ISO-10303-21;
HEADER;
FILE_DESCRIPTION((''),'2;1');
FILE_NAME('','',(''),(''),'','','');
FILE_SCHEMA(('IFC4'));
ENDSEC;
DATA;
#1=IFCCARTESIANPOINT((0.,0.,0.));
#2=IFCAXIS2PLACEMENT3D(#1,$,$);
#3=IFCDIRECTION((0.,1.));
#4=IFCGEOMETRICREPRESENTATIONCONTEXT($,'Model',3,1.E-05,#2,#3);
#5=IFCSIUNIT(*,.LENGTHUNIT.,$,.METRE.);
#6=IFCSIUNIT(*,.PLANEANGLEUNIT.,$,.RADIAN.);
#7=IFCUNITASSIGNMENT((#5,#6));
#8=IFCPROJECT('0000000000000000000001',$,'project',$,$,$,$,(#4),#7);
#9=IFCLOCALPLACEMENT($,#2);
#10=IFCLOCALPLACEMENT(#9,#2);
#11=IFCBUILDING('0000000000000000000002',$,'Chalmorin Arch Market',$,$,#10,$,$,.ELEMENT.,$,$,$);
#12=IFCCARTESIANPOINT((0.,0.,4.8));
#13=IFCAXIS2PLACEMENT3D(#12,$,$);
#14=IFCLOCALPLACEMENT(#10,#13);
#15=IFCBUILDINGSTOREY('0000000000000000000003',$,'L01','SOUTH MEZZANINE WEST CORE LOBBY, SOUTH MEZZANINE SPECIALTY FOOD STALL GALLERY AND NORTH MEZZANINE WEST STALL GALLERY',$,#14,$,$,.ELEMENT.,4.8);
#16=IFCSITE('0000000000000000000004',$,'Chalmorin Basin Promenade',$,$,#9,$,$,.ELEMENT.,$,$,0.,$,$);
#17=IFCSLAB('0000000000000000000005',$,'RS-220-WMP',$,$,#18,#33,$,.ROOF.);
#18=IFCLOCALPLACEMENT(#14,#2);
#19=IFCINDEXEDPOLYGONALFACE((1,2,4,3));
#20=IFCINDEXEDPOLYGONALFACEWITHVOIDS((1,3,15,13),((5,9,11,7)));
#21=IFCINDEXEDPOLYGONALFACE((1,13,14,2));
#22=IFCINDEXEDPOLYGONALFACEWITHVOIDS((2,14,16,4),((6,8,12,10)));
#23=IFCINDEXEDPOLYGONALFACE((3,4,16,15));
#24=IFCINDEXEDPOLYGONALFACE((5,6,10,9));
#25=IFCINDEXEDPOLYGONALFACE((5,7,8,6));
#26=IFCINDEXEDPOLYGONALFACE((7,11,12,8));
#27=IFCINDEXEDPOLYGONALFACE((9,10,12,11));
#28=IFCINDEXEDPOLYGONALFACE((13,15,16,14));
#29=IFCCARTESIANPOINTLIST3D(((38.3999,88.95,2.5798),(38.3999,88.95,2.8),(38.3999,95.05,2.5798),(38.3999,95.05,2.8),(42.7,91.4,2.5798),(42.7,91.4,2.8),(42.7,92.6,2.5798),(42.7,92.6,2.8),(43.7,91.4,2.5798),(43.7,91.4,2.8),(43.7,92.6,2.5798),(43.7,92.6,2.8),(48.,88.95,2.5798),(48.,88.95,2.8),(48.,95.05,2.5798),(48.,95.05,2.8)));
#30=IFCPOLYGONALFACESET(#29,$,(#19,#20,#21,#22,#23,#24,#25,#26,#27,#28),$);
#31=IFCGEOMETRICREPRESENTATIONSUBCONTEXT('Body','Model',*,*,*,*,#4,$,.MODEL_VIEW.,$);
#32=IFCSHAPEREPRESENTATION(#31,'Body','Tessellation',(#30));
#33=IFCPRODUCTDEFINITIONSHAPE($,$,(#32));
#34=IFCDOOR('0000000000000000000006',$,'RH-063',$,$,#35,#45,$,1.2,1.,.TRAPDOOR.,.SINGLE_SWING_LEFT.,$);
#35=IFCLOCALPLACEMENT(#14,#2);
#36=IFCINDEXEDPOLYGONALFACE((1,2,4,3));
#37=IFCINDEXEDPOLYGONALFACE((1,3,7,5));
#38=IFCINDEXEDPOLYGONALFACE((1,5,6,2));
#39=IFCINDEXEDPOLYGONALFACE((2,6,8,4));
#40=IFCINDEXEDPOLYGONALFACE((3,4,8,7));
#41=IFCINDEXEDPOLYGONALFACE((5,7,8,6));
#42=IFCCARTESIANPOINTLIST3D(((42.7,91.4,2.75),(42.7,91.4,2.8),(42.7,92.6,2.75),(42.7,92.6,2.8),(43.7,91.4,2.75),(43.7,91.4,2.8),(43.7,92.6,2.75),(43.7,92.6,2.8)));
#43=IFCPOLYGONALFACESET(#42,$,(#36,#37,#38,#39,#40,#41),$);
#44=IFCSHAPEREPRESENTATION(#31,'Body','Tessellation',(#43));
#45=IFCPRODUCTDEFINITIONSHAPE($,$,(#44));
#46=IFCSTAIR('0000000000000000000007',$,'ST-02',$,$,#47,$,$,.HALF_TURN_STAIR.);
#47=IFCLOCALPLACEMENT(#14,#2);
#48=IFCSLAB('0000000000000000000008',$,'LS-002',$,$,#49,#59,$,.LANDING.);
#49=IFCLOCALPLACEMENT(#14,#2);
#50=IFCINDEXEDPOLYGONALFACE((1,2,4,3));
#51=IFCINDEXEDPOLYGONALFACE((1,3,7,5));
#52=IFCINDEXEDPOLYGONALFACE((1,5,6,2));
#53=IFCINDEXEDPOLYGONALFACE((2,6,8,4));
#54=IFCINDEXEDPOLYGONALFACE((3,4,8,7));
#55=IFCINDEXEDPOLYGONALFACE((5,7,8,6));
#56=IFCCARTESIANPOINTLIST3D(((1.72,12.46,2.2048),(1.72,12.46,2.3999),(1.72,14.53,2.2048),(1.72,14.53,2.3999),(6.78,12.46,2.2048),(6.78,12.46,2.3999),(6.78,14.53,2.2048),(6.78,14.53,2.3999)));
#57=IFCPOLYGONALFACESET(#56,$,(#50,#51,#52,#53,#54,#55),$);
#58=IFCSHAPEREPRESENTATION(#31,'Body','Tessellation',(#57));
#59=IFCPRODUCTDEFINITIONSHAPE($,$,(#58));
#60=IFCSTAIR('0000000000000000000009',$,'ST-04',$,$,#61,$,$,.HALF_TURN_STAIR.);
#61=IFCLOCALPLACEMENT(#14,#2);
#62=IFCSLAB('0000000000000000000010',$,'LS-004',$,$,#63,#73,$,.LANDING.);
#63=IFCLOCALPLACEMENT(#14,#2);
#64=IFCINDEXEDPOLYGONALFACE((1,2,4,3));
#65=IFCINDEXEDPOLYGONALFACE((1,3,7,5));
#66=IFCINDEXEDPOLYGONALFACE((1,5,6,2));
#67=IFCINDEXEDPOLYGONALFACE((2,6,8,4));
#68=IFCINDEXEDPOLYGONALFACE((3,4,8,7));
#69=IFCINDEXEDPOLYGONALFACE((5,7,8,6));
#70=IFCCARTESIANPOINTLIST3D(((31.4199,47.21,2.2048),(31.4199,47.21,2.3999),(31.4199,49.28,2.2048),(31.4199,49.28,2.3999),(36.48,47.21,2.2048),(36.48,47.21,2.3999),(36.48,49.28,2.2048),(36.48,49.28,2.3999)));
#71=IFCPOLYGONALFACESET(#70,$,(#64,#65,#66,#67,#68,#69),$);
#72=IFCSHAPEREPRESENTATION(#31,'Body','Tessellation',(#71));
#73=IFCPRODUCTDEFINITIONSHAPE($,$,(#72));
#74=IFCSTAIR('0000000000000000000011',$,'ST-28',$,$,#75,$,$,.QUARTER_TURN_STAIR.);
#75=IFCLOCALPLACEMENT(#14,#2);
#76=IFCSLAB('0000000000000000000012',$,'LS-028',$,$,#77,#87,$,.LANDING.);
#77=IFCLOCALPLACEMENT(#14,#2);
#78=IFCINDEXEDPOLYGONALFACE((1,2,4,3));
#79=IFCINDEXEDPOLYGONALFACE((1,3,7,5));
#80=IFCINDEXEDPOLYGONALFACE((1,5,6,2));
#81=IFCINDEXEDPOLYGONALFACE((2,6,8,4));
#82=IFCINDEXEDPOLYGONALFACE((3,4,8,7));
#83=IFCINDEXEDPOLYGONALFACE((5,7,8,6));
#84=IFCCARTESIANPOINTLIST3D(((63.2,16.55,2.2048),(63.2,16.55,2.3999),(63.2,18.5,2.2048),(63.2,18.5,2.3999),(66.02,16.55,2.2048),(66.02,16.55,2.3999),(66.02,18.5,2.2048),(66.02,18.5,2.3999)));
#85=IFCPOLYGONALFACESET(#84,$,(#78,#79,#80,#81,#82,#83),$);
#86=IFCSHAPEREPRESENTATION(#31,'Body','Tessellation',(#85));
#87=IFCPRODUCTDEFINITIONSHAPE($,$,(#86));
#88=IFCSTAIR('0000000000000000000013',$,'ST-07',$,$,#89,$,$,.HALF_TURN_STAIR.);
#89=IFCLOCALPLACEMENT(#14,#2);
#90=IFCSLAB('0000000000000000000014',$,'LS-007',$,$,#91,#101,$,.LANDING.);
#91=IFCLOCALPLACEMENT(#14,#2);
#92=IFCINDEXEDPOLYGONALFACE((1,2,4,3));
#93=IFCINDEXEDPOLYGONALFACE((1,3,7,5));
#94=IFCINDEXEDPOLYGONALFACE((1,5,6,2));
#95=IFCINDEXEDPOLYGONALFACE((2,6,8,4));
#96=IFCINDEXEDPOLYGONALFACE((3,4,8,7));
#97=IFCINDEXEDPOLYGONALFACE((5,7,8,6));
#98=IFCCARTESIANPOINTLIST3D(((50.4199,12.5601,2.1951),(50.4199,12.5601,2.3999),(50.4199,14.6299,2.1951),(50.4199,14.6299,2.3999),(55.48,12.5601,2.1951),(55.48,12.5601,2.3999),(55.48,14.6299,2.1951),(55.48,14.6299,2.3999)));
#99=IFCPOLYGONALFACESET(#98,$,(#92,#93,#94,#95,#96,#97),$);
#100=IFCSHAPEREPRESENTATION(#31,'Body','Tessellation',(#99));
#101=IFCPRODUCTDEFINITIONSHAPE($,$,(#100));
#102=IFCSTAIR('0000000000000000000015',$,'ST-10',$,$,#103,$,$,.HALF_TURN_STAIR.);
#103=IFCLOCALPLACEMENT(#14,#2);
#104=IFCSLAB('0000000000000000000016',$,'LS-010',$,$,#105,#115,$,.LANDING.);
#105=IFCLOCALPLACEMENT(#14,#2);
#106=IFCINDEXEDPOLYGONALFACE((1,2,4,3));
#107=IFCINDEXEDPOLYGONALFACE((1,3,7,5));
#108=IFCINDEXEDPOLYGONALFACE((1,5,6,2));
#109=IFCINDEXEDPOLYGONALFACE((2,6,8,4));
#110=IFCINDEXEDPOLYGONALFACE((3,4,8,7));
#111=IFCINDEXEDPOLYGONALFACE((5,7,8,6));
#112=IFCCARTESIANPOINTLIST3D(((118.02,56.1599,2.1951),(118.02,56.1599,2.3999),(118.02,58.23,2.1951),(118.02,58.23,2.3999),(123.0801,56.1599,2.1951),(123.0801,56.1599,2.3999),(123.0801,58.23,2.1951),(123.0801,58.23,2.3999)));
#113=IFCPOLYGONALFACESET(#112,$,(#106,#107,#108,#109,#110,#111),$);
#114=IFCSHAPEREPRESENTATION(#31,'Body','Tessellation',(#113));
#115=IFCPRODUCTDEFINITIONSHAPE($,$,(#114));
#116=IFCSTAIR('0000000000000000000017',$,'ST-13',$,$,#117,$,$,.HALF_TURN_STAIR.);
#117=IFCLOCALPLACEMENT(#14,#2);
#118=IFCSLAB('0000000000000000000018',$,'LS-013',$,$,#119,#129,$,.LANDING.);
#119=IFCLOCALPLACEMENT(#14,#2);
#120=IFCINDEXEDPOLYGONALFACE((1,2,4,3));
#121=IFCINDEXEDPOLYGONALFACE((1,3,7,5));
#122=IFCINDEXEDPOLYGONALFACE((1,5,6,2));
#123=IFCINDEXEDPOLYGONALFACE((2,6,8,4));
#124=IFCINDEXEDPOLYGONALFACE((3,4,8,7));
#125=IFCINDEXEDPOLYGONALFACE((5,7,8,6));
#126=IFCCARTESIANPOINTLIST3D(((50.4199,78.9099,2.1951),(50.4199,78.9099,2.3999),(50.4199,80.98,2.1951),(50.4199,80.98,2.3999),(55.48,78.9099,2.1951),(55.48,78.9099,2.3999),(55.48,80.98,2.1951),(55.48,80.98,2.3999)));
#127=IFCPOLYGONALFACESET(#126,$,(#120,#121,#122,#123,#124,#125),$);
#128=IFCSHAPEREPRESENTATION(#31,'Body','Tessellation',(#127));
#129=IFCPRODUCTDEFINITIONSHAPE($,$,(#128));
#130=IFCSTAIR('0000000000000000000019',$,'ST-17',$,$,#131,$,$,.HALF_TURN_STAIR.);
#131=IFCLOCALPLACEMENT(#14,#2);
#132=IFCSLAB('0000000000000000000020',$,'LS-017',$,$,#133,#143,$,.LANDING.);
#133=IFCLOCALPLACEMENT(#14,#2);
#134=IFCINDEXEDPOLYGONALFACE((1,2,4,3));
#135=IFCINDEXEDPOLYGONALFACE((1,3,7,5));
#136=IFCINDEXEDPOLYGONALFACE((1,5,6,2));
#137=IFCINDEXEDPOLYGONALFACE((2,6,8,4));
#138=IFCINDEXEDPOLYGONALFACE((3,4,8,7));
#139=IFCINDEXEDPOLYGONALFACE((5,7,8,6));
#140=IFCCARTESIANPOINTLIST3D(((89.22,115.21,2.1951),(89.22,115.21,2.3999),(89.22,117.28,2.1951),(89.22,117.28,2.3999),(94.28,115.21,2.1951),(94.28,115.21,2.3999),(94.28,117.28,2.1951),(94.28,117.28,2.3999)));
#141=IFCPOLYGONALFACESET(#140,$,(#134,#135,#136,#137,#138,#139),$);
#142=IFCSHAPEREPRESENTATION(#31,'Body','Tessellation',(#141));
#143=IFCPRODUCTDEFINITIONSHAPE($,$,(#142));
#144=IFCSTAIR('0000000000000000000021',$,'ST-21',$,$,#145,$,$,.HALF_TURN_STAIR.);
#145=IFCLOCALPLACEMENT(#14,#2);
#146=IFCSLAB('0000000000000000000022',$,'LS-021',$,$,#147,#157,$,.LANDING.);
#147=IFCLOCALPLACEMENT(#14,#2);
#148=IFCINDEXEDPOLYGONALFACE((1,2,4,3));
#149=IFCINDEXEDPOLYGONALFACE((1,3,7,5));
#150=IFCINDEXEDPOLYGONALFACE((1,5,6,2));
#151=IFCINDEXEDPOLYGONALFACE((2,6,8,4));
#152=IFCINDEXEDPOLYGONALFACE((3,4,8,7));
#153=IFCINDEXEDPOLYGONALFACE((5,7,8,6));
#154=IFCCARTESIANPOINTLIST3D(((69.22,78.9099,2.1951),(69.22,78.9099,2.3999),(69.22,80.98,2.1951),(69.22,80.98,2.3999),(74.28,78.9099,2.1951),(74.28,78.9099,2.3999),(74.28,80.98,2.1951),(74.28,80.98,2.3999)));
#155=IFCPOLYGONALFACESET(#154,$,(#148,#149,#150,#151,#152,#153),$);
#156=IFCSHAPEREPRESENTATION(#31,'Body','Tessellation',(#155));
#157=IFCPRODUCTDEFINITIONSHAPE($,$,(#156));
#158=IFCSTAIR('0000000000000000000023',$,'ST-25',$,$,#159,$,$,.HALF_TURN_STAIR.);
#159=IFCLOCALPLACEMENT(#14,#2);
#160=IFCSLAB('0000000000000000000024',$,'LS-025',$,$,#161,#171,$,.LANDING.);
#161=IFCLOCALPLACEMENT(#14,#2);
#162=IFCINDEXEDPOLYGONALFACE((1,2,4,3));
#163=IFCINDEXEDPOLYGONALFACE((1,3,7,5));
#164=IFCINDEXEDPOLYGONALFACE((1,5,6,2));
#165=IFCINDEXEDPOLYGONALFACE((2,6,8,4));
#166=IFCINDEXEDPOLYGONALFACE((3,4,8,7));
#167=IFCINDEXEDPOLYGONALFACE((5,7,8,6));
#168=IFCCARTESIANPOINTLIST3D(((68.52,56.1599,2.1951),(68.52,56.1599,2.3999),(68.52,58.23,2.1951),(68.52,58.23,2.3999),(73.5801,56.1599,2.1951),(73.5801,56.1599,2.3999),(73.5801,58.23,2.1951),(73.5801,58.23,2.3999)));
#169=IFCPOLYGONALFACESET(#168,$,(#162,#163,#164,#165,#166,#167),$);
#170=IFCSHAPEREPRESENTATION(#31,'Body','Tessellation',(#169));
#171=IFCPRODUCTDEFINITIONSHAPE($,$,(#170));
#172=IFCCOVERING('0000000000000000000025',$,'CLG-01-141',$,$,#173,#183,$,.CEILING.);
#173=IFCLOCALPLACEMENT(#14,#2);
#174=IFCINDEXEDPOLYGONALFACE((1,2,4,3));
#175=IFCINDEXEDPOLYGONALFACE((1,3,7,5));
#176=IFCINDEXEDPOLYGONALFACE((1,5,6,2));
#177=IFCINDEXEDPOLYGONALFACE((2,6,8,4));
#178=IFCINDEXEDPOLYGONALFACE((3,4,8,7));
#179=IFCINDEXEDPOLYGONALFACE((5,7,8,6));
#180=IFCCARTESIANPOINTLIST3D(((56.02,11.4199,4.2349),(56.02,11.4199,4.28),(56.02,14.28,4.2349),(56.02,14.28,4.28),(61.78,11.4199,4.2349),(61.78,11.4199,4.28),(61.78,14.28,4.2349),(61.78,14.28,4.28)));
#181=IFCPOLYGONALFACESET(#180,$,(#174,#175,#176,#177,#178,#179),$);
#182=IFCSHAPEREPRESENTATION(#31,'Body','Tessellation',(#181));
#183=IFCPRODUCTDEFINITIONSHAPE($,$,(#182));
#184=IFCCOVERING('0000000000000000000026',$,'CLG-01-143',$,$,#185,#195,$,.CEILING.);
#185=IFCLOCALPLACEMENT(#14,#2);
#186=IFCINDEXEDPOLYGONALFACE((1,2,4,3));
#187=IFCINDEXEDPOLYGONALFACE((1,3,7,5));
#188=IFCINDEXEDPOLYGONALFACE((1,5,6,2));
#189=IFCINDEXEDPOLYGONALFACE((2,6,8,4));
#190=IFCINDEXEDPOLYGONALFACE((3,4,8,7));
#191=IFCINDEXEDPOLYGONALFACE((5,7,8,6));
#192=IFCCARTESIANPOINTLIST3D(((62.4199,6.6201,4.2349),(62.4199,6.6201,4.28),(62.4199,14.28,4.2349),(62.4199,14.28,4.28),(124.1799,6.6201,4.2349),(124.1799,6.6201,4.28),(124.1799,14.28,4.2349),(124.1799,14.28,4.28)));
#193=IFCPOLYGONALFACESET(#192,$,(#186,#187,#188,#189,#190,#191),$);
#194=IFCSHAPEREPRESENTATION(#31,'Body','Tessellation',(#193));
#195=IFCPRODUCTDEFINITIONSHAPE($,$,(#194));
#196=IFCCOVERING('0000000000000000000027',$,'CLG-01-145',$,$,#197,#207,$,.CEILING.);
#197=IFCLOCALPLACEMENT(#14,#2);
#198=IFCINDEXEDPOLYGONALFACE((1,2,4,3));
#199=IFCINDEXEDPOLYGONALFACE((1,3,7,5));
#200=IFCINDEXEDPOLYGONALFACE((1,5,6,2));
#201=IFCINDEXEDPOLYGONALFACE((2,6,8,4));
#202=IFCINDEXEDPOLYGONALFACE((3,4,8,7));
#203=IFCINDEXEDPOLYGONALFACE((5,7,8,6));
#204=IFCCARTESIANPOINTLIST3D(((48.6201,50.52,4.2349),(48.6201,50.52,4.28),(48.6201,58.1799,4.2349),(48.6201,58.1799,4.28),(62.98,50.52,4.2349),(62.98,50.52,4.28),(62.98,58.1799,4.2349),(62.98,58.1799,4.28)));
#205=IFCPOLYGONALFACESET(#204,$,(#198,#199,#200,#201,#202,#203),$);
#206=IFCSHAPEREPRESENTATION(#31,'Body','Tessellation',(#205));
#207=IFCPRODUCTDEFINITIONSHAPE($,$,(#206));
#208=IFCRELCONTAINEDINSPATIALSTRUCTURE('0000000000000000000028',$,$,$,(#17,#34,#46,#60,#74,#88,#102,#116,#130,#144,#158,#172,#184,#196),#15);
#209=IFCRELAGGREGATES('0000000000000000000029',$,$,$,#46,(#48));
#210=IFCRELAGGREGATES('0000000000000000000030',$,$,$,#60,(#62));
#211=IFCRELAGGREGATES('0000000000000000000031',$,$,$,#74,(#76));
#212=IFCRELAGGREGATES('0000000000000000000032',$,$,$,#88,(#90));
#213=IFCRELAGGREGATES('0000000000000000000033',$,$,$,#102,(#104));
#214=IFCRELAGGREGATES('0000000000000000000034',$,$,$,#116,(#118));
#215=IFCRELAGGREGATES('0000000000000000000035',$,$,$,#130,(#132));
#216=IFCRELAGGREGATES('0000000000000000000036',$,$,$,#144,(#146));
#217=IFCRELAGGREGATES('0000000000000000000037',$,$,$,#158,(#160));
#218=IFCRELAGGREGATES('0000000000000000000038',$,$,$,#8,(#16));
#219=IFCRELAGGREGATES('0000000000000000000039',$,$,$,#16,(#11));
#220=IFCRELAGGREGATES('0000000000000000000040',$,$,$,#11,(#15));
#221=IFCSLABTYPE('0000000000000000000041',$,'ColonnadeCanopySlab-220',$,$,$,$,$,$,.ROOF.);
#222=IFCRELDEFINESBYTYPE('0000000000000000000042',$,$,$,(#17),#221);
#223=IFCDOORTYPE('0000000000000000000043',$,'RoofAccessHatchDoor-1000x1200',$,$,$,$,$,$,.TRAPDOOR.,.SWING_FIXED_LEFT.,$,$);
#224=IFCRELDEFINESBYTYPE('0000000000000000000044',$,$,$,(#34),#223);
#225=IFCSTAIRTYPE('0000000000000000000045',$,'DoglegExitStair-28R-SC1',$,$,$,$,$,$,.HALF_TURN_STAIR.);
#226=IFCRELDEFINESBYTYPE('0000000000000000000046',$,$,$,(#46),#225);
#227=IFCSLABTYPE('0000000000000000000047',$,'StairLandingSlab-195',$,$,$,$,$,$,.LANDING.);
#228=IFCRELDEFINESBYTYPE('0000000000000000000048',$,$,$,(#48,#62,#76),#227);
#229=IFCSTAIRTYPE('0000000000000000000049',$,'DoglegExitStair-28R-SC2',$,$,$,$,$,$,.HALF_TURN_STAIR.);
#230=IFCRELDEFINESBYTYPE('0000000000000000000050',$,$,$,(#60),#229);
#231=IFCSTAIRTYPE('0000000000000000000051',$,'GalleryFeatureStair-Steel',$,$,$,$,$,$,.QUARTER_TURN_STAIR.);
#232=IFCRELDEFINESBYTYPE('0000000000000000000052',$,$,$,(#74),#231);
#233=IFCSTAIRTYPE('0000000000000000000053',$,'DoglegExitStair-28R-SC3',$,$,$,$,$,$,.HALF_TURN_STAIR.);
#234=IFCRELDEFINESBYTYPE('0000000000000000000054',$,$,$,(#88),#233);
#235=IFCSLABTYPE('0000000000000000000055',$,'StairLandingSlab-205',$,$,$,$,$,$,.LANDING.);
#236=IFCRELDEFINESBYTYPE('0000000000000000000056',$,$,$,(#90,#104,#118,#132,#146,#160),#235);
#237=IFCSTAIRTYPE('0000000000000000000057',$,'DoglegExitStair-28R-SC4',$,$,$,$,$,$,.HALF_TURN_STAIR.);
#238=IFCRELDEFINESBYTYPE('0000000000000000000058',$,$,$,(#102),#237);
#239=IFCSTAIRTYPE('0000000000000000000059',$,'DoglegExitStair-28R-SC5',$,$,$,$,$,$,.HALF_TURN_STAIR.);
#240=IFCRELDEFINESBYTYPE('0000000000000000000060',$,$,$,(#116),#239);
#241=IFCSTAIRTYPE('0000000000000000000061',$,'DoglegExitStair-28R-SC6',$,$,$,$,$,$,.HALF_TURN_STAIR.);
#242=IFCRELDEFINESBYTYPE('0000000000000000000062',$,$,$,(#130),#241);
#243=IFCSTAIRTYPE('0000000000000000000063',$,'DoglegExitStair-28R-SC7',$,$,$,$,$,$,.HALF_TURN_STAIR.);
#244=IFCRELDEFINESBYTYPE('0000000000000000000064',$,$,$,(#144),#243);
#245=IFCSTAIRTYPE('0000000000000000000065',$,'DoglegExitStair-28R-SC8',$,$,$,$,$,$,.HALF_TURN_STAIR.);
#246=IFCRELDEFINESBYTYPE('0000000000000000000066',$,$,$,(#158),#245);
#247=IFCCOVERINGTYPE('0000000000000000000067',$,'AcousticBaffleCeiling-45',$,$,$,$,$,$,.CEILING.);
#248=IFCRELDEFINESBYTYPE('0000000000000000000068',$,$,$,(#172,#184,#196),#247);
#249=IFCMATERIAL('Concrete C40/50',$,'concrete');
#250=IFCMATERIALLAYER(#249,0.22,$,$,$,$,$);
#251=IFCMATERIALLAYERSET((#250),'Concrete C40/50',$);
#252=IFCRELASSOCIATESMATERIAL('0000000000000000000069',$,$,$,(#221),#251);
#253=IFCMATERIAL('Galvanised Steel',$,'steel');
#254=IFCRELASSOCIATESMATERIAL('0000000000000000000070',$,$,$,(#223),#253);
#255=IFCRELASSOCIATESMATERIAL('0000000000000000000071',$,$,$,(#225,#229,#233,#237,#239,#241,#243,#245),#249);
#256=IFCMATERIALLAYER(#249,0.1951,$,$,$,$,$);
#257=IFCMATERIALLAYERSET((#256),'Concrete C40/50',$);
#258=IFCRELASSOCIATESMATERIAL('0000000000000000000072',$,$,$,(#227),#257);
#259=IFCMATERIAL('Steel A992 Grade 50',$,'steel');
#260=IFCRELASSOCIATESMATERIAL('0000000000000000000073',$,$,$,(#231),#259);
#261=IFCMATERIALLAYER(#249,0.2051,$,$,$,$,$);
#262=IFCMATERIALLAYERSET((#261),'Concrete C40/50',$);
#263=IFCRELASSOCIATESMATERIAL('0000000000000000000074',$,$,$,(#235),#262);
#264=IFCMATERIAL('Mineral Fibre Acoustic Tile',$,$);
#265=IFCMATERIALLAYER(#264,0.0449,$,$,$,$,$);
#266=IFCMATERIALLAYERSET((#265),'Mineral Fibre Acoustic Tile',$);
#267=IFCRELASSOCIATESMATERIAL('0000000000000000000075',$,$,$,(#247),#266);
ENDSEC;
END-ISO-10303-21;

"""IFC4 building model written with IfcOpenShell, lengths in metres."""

from ifc_helpers import new_model, si_unit, direction, frame, origin, origin_2d, place, context, subcontext, project, spatial, polyline, rectangle, outline, extrude, material, layer, layer_set, type_object, element, fill, aggregate, save


model = new_model("IFC4")

# Units and contexts
model_context = context("Model", 3, precision=1e-05, world=origin(), true_north=direction((0.0, 1.0)))
body_context = subcontext(model_context, "Body", "Model", "MODEL_VIEW")
ifc_project = project(units=[si_unit("LENGTHUNIT", "METRE"), si_unit("PLANEANGLEUNIT", "RADIAN")], contexts=[model_context])

# Site, building, storey
site_placement = place(None, origin())
site = spatial("IfcSite", under=ifc_project, at=site_placement, Name="Chalmorin Basin Promenade", CompositionType="ELEMENT", RefElevation=0.0)
building_placement = place(site_placement, origin())
building = spatial("IfcBuilding", under=site, at=building_placement, Name="Chalmorin Arch Market", CompositionType="ELEMENT")
storey_placement = place(building_placement, frame((0.0, 0.0, 4.8)))
storey = spatial("IfcBuildingStorey", under=building, at=storey_placement, Name="L01", Description="SOUTH MEZZANINE WEST CORE LOBBY, SOUTH MEZZANINE SPECIALTY FOOD STALL GALLERY AND NORTH MEZZANINE WEST STALL GALLERY", CompositionType="ELEMENT", Elevation=4.8)

# Slab, opening, door
ifc_material_1 = material(Name="Concrete C40/50", Category="concrete")
ifc_layer_1 = layer(ifc_material_1, 0.22)
ifc_layer_set_1 = layer_set([ifc_layer_1], Name="Concrete C40/50")
slab_type_1 = type_object("IfcSlabType", Name="ColonnadeCanopySlab-220", PredefinedType="ROOF", material=ifc_layer_set_1)
slab_1_placement = place(storey_placement, frame((0.0, 0.0, 2.5798)))
slab_1 = element("IfcSlab", 1, at=slab_1_placement, inside=storey, type_object=slab_type_1, Name="RS-220-WMP", PredefinedType="ROOF", context=body_context, shape_type="SweptSolid", body=[
    extrude(outline(polyline([(38.3999, 88.95), (48.0, 88.95), (48.0, 95.05), (38.3999, 95.05), (38.3999, 88.95)])), origin(), (0.0, 0.0, 1.0), 0.2202),
])
opening_placement = place(slab_1_placement, frame((43.2, 92.0, -0.01)))
opening = element("IfcOpeningElement", 2, at=opening_placement, cuts=slab_1, PredefinedType="OPENING", context=body_context, shape_type="SweptSolid", body=[
    extrude(rectangle(XDim=1.0, YDim=1.2, at=origin_2d()), origin(), (0.0, 0.0, 1.0), 0.2402),
])
ifc_material_2 = material(Name="Galvanised Steel", Category="steel")
door_type = type_object("IfcDoorType", Name="RoofAccessHatchDoor-1000x1200", OperationType="SWING_FIXED_LEFT", PredefinedType="TRAPDOOR", material=ifc_material_2)
door_placement = place(slab_1_placement, frame((43.2, 92.0, 0.1702)))
door = element("IfcDoor", 3, at=door_placement, inside=storey, type_object=door_type, Name="RH-063", OperationType="SINGLE_SWING_LEFT", OverallHeight=1.2, OverallWidth=1.0, PredefinedType="TRAPDOOR", context=body_context, shape_type="SweptSolid", body=[
    extrude(rectangle(XDim=1.0, YDim=1.2, at=origin_2d()), origin(), (0.0, 0.0, 1.0), 0.05),
])
fill(opening, door)

# Stairs, slabs
stair_type_1 = type_object("IfcStairType", Name="DoglegExitStair-28R-SC1", PredefinedType="HALF_TURN_STAIR", material=ifc_material_1)
stair_1_placement = place(storey_placement, origin())
stair_1 = element("IfcStair", 4, at=stair_1_placement, inside=storey, type_object=stair_type_1, Name="ST-02", PredefinedType="HALF_TURN_STAIR")
ifc_layer_2 = layer(ifc_material_1, 0.1951)
ifc_layer_set_2 = layer_set([ifc_layer_2], Name="Concrete C40/50")
slab_type_2 = type_object("IfcSlabType", Name="StairLandingSlab-195", PredefinedType="LANDING", material=ifc_layer_set_2)
slab_2_placement = place(storey_placement, frame((0.0, 0.0, 2.2048)))
slab_2 = element("IfcSlab", 5, at=slab_2_placement, type_object=slab_type_2, Name="LS-002", PredefinedType="LANDING", context=body_context, shape_type="SweptSolid", body=[
    extrude(outline(polyline([(1.72, 12.46), (6.78, 12.46), (6.78, 14.53), (1.72, 14.53), (1.72, 12.46)])), origin(), (0.0, 0.0, 1.0), 0.1951),
])
aggregate(stair_1, [slab_2])
stair_type_2 = type_object("IfcStairType", Name="DoglegExitStair-28R-SC2", PredefinedType="HALF_TURN_STAIR", material=ifc_material_1)
stair_2_placement = place(storey_placement, origin())
stair_2 = element("IfcStair", 6, at=stair_2_placement, inside=storey, type_object=stair_type_2, Name="ST-04", PredefinedType="HALF_TURN_STAIR")
slab_3_placement = place(storey_placement, frame((0.0, 0.0, 2.2048)))
slab_3 = element("IfcSlab", 7, at=slab_3_placement, type_object=slab_type_2, Name="LS-004", PredefinedType="LANDING", context=body_context, shape_type="SweptSolid", body=[
    extrude(outline(polyline([(31.4199, 47.21), (36.48, 47.21), (36.48, 49.28), (31.4199, 49.28), (31.4199, 47.21)])), origin(), (0.0, 0.0, 1.0), 0.1951),
])
aggregate(stair_2, [slab_3])
ifc_material_3 = material(Name="Steel A992 Grade 50", Category="steel")
stair_type_3 = type_object("IfcStairType", Name="GalleryFeatureStair-Steel", PredefinedType="QUARTER_TURN_STAIR", material=ifc_material_3)
stair_3_placement = place(storey_placement, origin())
stair_3 = element("IfcStair", 8, at=stair_3_placement, inside=storey, type_object=stair_type_3, Name="ST-28", PredefinedType="QUARTER_TURN_STAIR")
slab_4_placement = place(storey_placement, frame((0.0, 0.0, 2.2048)))
slab_4 = element("IfcSlab", 9, at=slab_4_placement, type_object=slab_type_2, Name="LS-028", PredefinedType="LANDING", context=body_context, shape_type="SweptSolid", body=[
    extrude(outline(polyline([(63.2, 16.55), (66.02, 16.55), (66.02, 18.5), (63.2, 18.5), (63.2, 16.55)])), origin(), (0.0, 0.0, 1.0), 0.1951),
])
aggregate(stair_3, [slab_4])
stair_type_4 = type_object("IfcStairType", Name="DoglegExitStair-28R-SC3", PredefinedType="HALF_TURN_STAIR", material=ifc_material_1)
stair_4_placement = place(storey_placement, origin())
stair_4 = element("IfcStair", 10, at=stair_4_placement, inside=storey, type_object=stair_type_4, Name="ST-07", PredefinedType="HALF_TURN_STAIR")
ifc_layer_3 = layer(ifc_material_1, 0.2051)
ifc_layer_set_3 = layer_set([ifc_layer_3], Name="Concrete C40/50")
slab_type_3 = type_object("IfcSlabType", Name="StairLandingSlab-205", PredefinedType="LANDING", material=ifc_layer_set_3)
slab_5_placement = place(storey_placement, frame((0.0, 0.0, 2.1951)))
slab_5 = element("IfcSlab", 11, at=slab_5_placement, type_object=slab_type_3, Name="LS-007", PredefinedType="LANDING", context=body_context, shape_type="SweptSolid", body=[
    extrude(outline(polyline([(50.4199, 12.5601), (55.48, 12.5601), (55.48, 14.6299), (50.4199, 14.6299), (50.4199, 12.5601)])), origin(), (0.0, 0.0, 1.0), 0.2048),
])
aggregate(stair_4, [slab_5])
stair_type_5 = type_object("IfcStairType", Name="DoglegExitStair-28R-SC4", PredefinedType="HALF_TURN_STAIR", material=ifc_material_1)
stair_5_placement = place(storey_placement, origin())
stair_5 = element("IfcStair", 12, at=stair_5_placement, inside=storey, type_object=stair_type_5, Name="ST-10", PredefinedType="HALF_TURN_STAIR")
slab_6_placement = place(storey_placement, frame((0.0, 0.0, 2.1951)))
slab_6 = element("IfcSlab", 13, at=slab_6_placement, type_object=slab_type_3, Name="LS-010", PredefinedType="LANDING", context=body_context, shape_type="SweptSolid", body=[
    extrude(outline(polyline([(118.02, 56.1599), (123.0801, 56.1599), (123.0801, 58.23), (118.02, 58.23), (118.02, 56.1599)])), origin(), (0.0, 0.0, 1.0), 0.2048),
])
aggregate(stair_5, [slab_6])
stair_type_6 = type_object("IfcStairType", Name="DoglegExitStair-28R-SC5", PredefinedType="HALF_TURN_STAIR", material=ifc_material_1)
stair_6_placement = place(storey_placement, origin())
stair_6 = element("IfcStair", 14, at=stair_6_placement, inside=storey, type_object=stair_type_6, Name="ST-13", PredefinedType="HALF_TURN_STAIR")
slab_7_placement = place(storey_placement, frame((0.0, 0.0, 2.1951)))
slab_7 = element("IfcSlab", 15, at=slab_7_placement, type_object=slab_type_3, Name="LS-013", PredefinedType="LANDING", context=body_context, shape_type="SweptSolid", body=[
    extrude(outline(polyline([(50.4199, 78.9099), (55.48, 78.9099), (55.48, 80.98), (50.4199, 80.98), (50.4199, 78.9099)])), origin(), (0.0, 0.0, 1.0), 0.2048),
])
aggregate(stair_6, [slab_7])
stair_type_7 = type_object("IfcStairType", Name="DoglegExitStair-28R-SC6", PredefinedType="HALF_TURN_STAIR", material=ifc_material_1)
stair_7_placement = place(storey_placement, origin())
stair_7 = element("IfcStair", 16, at=stair_7_placement, inside=storey, type_object=stair_type_7, Name="ST-17", PredefinedType="HALF_TURN_STAIR")
slab_8_placement = place(storey_placement, frame((0.0, 0.0, 2.1951)))
slab_8 = element("IfcSlab", 17, at=slab_8_placement, type_object=slab_type_3, Name="LS-017", PredefinedType="LANDING", context=body_context, shape_type="SweptSolid", body=[
    extrude(outline(polyline([(89.22, 115.21), (94.28, 115.21), (94.28, 117.28), (89.22, 117.28), (89.22, 115.21)])), origin(), (0.0, 0.0, 1.0), 0.2048),
])
aggregate(stair_7, [slab_8])
stair_type_8 = type_object("IfcStairType", Name="DoglegExitStair-28R-SC7", PredefinedType="HALF_TURN_STAIR", material=ifc_material_1)
stair_8_placement = place(storey_placement, origin())
stair_8 = element("IfcStair", 18, at=stair_8_placement, inside=storey, type_object=stair_type_8, Name="ST-21", PredefinedType="HALF_TURN_STAIR")
slab_9_placement = place(storey_placement, frame((0.0, 0.0, 2.1951)))
slab_9 = element("IfcSlab", 19, at=slab_9_placement, type_object=slab_type_3, Name="LS-021", PredefinedType="LANDING", context=body_context, shape_type="SweptSolid", body=[
    extrude(outline(polyline([(69.22, 78.9099), (74.28, 78.9099), (74.28, 80.98), (69.22, 80.98), (69.22, 78.9099)])), origin(), (0.0, 0.0, 1.0), 0.2048),
])
aggregate(stair_8, [slab_9])
stair_type_9 = type_object("IfcStairType", Name="DoglegExitStair-28R-SC8", PredefinedType="HALF_TURN_STAIR", material=ifc_material_1)
stair_9_placement = place(storey_placement, origin())
stair_9 = element("IfcStair", 20, at=stair_9_placement, inside=storey, type_object=stair_type_9, Name="ST-25", PredefinedType="HALF_TURN_STAIR")
slab_10_placement = place(storey_placement, frame((0.0, 0.0, 2.1951)))
slab_10 = element("IfcSlab", 21, at=slab_10_placement, type_object=slab_type_3, Name="LS-025", PredefinedType="LANDING", context=body_context, shape_type="SweptSolid", body=[
    extrude(outline(polyline([(68.52, 56.1599), (73.5801, 56.1599), (73.5801, 58.23), (68.52, 58.23), (68.52, 56.1599)])), origin(), (0.0, 0.0, 1.0), 0.2048),
])
aggregate(stair_9, [slab_10])

# Coverings
ifc_material_4 = material(Name="Mineral Fibre Acoustic Tile")
ifc_layer_4 = layer(ifc_material_4, 0.0449)
ifc_layer_set_4 = layer_set([ifc_layer_4], Name="Mineral Fibre Acoustic Tile")
covering_type_1 = type_object("IfcCoveringType", Name="AcousticBaffleCeiling-45", PredefinedType="CEILING", material=ifc_layer_set_4)
covering_1_placement = place(storey_placement, frame((0.0, 0.0, 4.2349)))
element("IfcCovering", 22, at=covering_1_placement, inside=storey, type_object=covering_type_1, Name="CLG-01-141", PredefinedType="CEILING", context=body_context, shape_type="SweptSolid", body=[
    extrude(outline(polyline([(56.02, 11.4199), (61.78, 11.4199), (61.78, 14.28), (56.02, 14.28), (56.02, 11.4199)])), origin(), (0.0, 0.0, 1.0), 0.0452),
])
covering_2_placement = place(storey_placement, frame((0.0, 0.0, 4.2349)))
element("IfcCovering", 23, at=covering_2_placement, inside=storey, type_object=covering_type_1, Name="CLG-01-143", PredefinedType="CEILING", context=body_context, shape_type="SweptSolid", body=[
    extrude(outline(polyline([(62.4199, 6.6201), (124.1799, 6.6201), (124.1799, 14.28), (62.4199, 14.28), (62.4199, 6.6201)])), origin(), (0.0, 0.0, 1.0), 0.0452),
])
covering_3_placement = place(storey_placement, frame((0.0, 0.0, 4.2349)))
element("IfcCovering", 24, at=covering_3_placement, inside=storey, type_object=covering_type_1, Name="CLG-01-145", PredefinedType="CEILING", context=body_context, shape_type="SweptSolid", body=[
    extrude(outline(polyline([(48.6201, 50.52), (62.98, 50.52), (62.98, 58.1799), (48.6201, 58.1799), (48.6201, 50.52)])), origin(), (0.0, 0.0, 1.0), 0.0452),
])

save(model, "model.ifc")
